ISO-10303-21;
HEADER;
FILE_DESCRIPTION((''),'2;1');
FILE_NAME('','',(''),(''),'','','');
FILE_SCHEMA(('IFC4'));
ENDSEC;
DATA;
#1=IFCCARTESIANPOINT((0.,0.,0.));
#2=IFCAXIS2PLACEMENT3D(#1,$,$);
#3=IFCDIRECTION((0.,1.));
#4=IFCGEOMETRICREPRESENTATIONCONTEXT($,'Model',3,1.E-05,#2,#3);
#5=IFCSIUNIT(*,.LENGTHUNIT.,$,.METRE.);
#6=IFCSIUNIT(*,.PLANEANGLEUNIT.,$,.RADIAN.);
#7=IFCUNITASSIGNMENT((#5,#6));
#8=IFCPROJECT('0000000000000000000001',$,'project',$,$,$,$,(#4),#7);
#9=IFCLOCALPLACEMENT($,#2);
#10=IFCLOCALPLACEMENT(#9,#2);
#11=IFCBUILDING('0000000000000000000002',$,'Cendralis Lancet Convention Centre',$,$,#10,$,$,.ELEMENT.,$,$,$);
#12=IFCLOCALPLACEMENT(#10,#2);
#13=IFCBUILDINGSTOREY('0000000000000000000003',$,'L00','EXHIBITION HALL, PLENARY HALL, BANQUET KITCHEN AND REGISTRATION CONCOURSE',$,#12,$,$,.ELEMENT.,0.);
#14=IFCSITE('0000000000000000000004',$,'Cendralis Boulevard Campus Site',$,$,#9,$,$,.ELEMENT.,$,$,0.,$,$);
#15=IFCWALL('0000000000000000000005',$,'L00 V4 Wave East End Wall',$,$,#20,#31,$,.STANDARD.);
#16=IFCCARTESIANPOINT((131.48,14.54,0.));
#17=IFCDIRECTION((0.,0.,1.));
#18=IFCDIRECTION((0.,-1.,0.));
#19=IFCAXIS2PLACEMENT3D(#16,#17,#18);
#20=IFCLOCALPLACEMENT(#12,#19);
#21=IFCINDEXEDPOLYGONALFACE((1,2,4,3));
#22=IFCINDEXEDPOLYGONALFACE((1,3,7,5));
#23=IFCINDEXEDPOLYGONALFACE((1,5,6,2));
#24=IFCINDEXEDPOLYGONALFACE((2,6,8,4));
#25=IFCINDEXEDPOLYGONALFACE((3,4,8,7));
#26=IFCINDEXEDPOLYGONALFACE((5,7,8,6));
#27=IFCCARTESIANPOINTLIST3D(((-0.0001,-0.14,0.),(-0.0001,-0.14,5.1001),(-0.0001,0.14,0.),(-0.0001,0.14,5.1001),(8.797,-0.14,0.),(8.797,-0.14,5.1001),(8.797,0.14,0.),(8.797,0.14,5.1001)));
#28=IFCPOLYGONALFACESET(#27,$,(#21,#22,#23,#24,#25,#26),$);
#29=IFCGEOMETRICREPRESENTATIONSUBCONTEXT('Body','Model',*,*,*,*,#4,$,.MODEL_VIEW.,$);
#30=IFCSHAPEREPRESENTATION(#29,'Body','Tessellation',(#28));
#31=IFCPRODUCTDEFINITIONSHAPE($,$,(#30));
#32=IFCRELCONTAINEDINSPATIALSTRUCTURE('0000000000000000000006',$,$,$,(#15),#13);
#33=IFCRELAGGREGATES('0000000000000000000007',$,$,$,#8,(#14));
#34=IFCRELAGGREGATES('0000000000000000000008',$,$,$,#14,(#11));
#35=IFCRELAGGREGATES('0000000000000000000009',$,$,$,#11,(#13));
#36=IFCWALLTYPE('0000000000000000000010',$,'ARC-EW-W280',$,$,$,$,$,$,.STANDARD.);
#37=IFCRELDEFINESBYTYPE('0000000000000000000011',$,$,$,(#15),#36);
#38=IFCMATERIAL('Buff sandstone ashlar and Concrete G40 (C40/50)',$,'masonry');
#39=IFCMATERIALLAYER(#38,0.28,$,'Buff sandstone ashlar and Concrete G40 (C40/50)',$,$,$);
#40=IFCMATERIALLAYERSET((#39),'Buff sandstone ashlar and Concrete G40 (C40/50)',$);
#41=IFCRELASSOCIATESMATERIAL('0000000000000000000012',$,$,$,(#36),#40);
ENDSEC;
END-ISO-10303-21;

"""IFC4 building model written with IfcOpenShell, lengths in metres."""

from ifc_helpers import new_model, si_unit, direction, frame, frame_2d, origin, place, context, subcontext, project, spatial, rectangle, extrude, material, layer, layer_set, type_object, element, save


model = new_model("IFC4")

# Units and contexts
model_context = context("Model", 3, precision=1e-05, world=origin(), true_north=direction((0.0, 1.0)))
body_context = subcontext(model_context, "Body", "Model", "MODEL_VIEW")
ifc_project = project(units=[si_unit("LENGTHUNIT", "METRE"), si_unit("PLANEANGLEUNIT", "RADIAN")], contexts=[model_context])

# Site, building, storey
site_placement = place(None, origin())
site = spatial("IfcSite", under=ifc_project, at=site_placement, Name="Cendralis Boulevard Campus Site", CompositionType="ELEMENT", RefElevation=0.0)
building_placement = place(site_placement, origin())
building = spatial("IfcBuilding", under=site, at=building_placement, Name="Cendralis Lancet Convention Centre", CompositionType="ELEMENT")
storey_placement = place(building_placement, origin())
storey = spatial("IfcBuildingStorey", under=building, at=storey_placement, Name="L00", Description="EXHIBITION HALL, PLENARY HALL, BANQUET KITCHEN AND REGISTRATION CONCOURSE", CompositionType="ELEMENT", Elevation=0.0)

# Wall
ifc_material_1 = material(Name="Buff sandstone ashlar and Concrete G40 (C40/50)", Category="masonry")
ifc_layer_1 = layer(ifc_material_1, 0.28, Name="Buff sandstone ashlar and Concrete G40 (C40/50)")
ifc_layer_set_1 = layer_set([ifc_layer_1], Name="Buff sandstone ashlar and Concrete G40 (C40/50)")
wall_type_1 = type_object("IfcWallType", Name="ARC-EW-W280", PredefinedType="STANDARD", material=ifc_layer_set_1)
wall_1_placement = place(storey_placement, frame((131.48, 14.54, 0.0), z_axis=(0.0, 0.0, 1.0), x_axis=(0.0, -1.0, 0.0)))
element("IfcWall", 1, at=wall_1_placement, inside=storey, type_object=wall_type_1, Name="L00 V4 Wave East End Wall", PredefinedType="STANDARD", context=body_context, shape_type="SweptSolid", body=[
    extrude(rectangle(XDim=8.7971, YDim=0.28, at=frame_2d((4.3984, 0.0))), origin(), (0.0, 0.0, 1.0), 5.1001),
])

save(model, "model.ifc")
